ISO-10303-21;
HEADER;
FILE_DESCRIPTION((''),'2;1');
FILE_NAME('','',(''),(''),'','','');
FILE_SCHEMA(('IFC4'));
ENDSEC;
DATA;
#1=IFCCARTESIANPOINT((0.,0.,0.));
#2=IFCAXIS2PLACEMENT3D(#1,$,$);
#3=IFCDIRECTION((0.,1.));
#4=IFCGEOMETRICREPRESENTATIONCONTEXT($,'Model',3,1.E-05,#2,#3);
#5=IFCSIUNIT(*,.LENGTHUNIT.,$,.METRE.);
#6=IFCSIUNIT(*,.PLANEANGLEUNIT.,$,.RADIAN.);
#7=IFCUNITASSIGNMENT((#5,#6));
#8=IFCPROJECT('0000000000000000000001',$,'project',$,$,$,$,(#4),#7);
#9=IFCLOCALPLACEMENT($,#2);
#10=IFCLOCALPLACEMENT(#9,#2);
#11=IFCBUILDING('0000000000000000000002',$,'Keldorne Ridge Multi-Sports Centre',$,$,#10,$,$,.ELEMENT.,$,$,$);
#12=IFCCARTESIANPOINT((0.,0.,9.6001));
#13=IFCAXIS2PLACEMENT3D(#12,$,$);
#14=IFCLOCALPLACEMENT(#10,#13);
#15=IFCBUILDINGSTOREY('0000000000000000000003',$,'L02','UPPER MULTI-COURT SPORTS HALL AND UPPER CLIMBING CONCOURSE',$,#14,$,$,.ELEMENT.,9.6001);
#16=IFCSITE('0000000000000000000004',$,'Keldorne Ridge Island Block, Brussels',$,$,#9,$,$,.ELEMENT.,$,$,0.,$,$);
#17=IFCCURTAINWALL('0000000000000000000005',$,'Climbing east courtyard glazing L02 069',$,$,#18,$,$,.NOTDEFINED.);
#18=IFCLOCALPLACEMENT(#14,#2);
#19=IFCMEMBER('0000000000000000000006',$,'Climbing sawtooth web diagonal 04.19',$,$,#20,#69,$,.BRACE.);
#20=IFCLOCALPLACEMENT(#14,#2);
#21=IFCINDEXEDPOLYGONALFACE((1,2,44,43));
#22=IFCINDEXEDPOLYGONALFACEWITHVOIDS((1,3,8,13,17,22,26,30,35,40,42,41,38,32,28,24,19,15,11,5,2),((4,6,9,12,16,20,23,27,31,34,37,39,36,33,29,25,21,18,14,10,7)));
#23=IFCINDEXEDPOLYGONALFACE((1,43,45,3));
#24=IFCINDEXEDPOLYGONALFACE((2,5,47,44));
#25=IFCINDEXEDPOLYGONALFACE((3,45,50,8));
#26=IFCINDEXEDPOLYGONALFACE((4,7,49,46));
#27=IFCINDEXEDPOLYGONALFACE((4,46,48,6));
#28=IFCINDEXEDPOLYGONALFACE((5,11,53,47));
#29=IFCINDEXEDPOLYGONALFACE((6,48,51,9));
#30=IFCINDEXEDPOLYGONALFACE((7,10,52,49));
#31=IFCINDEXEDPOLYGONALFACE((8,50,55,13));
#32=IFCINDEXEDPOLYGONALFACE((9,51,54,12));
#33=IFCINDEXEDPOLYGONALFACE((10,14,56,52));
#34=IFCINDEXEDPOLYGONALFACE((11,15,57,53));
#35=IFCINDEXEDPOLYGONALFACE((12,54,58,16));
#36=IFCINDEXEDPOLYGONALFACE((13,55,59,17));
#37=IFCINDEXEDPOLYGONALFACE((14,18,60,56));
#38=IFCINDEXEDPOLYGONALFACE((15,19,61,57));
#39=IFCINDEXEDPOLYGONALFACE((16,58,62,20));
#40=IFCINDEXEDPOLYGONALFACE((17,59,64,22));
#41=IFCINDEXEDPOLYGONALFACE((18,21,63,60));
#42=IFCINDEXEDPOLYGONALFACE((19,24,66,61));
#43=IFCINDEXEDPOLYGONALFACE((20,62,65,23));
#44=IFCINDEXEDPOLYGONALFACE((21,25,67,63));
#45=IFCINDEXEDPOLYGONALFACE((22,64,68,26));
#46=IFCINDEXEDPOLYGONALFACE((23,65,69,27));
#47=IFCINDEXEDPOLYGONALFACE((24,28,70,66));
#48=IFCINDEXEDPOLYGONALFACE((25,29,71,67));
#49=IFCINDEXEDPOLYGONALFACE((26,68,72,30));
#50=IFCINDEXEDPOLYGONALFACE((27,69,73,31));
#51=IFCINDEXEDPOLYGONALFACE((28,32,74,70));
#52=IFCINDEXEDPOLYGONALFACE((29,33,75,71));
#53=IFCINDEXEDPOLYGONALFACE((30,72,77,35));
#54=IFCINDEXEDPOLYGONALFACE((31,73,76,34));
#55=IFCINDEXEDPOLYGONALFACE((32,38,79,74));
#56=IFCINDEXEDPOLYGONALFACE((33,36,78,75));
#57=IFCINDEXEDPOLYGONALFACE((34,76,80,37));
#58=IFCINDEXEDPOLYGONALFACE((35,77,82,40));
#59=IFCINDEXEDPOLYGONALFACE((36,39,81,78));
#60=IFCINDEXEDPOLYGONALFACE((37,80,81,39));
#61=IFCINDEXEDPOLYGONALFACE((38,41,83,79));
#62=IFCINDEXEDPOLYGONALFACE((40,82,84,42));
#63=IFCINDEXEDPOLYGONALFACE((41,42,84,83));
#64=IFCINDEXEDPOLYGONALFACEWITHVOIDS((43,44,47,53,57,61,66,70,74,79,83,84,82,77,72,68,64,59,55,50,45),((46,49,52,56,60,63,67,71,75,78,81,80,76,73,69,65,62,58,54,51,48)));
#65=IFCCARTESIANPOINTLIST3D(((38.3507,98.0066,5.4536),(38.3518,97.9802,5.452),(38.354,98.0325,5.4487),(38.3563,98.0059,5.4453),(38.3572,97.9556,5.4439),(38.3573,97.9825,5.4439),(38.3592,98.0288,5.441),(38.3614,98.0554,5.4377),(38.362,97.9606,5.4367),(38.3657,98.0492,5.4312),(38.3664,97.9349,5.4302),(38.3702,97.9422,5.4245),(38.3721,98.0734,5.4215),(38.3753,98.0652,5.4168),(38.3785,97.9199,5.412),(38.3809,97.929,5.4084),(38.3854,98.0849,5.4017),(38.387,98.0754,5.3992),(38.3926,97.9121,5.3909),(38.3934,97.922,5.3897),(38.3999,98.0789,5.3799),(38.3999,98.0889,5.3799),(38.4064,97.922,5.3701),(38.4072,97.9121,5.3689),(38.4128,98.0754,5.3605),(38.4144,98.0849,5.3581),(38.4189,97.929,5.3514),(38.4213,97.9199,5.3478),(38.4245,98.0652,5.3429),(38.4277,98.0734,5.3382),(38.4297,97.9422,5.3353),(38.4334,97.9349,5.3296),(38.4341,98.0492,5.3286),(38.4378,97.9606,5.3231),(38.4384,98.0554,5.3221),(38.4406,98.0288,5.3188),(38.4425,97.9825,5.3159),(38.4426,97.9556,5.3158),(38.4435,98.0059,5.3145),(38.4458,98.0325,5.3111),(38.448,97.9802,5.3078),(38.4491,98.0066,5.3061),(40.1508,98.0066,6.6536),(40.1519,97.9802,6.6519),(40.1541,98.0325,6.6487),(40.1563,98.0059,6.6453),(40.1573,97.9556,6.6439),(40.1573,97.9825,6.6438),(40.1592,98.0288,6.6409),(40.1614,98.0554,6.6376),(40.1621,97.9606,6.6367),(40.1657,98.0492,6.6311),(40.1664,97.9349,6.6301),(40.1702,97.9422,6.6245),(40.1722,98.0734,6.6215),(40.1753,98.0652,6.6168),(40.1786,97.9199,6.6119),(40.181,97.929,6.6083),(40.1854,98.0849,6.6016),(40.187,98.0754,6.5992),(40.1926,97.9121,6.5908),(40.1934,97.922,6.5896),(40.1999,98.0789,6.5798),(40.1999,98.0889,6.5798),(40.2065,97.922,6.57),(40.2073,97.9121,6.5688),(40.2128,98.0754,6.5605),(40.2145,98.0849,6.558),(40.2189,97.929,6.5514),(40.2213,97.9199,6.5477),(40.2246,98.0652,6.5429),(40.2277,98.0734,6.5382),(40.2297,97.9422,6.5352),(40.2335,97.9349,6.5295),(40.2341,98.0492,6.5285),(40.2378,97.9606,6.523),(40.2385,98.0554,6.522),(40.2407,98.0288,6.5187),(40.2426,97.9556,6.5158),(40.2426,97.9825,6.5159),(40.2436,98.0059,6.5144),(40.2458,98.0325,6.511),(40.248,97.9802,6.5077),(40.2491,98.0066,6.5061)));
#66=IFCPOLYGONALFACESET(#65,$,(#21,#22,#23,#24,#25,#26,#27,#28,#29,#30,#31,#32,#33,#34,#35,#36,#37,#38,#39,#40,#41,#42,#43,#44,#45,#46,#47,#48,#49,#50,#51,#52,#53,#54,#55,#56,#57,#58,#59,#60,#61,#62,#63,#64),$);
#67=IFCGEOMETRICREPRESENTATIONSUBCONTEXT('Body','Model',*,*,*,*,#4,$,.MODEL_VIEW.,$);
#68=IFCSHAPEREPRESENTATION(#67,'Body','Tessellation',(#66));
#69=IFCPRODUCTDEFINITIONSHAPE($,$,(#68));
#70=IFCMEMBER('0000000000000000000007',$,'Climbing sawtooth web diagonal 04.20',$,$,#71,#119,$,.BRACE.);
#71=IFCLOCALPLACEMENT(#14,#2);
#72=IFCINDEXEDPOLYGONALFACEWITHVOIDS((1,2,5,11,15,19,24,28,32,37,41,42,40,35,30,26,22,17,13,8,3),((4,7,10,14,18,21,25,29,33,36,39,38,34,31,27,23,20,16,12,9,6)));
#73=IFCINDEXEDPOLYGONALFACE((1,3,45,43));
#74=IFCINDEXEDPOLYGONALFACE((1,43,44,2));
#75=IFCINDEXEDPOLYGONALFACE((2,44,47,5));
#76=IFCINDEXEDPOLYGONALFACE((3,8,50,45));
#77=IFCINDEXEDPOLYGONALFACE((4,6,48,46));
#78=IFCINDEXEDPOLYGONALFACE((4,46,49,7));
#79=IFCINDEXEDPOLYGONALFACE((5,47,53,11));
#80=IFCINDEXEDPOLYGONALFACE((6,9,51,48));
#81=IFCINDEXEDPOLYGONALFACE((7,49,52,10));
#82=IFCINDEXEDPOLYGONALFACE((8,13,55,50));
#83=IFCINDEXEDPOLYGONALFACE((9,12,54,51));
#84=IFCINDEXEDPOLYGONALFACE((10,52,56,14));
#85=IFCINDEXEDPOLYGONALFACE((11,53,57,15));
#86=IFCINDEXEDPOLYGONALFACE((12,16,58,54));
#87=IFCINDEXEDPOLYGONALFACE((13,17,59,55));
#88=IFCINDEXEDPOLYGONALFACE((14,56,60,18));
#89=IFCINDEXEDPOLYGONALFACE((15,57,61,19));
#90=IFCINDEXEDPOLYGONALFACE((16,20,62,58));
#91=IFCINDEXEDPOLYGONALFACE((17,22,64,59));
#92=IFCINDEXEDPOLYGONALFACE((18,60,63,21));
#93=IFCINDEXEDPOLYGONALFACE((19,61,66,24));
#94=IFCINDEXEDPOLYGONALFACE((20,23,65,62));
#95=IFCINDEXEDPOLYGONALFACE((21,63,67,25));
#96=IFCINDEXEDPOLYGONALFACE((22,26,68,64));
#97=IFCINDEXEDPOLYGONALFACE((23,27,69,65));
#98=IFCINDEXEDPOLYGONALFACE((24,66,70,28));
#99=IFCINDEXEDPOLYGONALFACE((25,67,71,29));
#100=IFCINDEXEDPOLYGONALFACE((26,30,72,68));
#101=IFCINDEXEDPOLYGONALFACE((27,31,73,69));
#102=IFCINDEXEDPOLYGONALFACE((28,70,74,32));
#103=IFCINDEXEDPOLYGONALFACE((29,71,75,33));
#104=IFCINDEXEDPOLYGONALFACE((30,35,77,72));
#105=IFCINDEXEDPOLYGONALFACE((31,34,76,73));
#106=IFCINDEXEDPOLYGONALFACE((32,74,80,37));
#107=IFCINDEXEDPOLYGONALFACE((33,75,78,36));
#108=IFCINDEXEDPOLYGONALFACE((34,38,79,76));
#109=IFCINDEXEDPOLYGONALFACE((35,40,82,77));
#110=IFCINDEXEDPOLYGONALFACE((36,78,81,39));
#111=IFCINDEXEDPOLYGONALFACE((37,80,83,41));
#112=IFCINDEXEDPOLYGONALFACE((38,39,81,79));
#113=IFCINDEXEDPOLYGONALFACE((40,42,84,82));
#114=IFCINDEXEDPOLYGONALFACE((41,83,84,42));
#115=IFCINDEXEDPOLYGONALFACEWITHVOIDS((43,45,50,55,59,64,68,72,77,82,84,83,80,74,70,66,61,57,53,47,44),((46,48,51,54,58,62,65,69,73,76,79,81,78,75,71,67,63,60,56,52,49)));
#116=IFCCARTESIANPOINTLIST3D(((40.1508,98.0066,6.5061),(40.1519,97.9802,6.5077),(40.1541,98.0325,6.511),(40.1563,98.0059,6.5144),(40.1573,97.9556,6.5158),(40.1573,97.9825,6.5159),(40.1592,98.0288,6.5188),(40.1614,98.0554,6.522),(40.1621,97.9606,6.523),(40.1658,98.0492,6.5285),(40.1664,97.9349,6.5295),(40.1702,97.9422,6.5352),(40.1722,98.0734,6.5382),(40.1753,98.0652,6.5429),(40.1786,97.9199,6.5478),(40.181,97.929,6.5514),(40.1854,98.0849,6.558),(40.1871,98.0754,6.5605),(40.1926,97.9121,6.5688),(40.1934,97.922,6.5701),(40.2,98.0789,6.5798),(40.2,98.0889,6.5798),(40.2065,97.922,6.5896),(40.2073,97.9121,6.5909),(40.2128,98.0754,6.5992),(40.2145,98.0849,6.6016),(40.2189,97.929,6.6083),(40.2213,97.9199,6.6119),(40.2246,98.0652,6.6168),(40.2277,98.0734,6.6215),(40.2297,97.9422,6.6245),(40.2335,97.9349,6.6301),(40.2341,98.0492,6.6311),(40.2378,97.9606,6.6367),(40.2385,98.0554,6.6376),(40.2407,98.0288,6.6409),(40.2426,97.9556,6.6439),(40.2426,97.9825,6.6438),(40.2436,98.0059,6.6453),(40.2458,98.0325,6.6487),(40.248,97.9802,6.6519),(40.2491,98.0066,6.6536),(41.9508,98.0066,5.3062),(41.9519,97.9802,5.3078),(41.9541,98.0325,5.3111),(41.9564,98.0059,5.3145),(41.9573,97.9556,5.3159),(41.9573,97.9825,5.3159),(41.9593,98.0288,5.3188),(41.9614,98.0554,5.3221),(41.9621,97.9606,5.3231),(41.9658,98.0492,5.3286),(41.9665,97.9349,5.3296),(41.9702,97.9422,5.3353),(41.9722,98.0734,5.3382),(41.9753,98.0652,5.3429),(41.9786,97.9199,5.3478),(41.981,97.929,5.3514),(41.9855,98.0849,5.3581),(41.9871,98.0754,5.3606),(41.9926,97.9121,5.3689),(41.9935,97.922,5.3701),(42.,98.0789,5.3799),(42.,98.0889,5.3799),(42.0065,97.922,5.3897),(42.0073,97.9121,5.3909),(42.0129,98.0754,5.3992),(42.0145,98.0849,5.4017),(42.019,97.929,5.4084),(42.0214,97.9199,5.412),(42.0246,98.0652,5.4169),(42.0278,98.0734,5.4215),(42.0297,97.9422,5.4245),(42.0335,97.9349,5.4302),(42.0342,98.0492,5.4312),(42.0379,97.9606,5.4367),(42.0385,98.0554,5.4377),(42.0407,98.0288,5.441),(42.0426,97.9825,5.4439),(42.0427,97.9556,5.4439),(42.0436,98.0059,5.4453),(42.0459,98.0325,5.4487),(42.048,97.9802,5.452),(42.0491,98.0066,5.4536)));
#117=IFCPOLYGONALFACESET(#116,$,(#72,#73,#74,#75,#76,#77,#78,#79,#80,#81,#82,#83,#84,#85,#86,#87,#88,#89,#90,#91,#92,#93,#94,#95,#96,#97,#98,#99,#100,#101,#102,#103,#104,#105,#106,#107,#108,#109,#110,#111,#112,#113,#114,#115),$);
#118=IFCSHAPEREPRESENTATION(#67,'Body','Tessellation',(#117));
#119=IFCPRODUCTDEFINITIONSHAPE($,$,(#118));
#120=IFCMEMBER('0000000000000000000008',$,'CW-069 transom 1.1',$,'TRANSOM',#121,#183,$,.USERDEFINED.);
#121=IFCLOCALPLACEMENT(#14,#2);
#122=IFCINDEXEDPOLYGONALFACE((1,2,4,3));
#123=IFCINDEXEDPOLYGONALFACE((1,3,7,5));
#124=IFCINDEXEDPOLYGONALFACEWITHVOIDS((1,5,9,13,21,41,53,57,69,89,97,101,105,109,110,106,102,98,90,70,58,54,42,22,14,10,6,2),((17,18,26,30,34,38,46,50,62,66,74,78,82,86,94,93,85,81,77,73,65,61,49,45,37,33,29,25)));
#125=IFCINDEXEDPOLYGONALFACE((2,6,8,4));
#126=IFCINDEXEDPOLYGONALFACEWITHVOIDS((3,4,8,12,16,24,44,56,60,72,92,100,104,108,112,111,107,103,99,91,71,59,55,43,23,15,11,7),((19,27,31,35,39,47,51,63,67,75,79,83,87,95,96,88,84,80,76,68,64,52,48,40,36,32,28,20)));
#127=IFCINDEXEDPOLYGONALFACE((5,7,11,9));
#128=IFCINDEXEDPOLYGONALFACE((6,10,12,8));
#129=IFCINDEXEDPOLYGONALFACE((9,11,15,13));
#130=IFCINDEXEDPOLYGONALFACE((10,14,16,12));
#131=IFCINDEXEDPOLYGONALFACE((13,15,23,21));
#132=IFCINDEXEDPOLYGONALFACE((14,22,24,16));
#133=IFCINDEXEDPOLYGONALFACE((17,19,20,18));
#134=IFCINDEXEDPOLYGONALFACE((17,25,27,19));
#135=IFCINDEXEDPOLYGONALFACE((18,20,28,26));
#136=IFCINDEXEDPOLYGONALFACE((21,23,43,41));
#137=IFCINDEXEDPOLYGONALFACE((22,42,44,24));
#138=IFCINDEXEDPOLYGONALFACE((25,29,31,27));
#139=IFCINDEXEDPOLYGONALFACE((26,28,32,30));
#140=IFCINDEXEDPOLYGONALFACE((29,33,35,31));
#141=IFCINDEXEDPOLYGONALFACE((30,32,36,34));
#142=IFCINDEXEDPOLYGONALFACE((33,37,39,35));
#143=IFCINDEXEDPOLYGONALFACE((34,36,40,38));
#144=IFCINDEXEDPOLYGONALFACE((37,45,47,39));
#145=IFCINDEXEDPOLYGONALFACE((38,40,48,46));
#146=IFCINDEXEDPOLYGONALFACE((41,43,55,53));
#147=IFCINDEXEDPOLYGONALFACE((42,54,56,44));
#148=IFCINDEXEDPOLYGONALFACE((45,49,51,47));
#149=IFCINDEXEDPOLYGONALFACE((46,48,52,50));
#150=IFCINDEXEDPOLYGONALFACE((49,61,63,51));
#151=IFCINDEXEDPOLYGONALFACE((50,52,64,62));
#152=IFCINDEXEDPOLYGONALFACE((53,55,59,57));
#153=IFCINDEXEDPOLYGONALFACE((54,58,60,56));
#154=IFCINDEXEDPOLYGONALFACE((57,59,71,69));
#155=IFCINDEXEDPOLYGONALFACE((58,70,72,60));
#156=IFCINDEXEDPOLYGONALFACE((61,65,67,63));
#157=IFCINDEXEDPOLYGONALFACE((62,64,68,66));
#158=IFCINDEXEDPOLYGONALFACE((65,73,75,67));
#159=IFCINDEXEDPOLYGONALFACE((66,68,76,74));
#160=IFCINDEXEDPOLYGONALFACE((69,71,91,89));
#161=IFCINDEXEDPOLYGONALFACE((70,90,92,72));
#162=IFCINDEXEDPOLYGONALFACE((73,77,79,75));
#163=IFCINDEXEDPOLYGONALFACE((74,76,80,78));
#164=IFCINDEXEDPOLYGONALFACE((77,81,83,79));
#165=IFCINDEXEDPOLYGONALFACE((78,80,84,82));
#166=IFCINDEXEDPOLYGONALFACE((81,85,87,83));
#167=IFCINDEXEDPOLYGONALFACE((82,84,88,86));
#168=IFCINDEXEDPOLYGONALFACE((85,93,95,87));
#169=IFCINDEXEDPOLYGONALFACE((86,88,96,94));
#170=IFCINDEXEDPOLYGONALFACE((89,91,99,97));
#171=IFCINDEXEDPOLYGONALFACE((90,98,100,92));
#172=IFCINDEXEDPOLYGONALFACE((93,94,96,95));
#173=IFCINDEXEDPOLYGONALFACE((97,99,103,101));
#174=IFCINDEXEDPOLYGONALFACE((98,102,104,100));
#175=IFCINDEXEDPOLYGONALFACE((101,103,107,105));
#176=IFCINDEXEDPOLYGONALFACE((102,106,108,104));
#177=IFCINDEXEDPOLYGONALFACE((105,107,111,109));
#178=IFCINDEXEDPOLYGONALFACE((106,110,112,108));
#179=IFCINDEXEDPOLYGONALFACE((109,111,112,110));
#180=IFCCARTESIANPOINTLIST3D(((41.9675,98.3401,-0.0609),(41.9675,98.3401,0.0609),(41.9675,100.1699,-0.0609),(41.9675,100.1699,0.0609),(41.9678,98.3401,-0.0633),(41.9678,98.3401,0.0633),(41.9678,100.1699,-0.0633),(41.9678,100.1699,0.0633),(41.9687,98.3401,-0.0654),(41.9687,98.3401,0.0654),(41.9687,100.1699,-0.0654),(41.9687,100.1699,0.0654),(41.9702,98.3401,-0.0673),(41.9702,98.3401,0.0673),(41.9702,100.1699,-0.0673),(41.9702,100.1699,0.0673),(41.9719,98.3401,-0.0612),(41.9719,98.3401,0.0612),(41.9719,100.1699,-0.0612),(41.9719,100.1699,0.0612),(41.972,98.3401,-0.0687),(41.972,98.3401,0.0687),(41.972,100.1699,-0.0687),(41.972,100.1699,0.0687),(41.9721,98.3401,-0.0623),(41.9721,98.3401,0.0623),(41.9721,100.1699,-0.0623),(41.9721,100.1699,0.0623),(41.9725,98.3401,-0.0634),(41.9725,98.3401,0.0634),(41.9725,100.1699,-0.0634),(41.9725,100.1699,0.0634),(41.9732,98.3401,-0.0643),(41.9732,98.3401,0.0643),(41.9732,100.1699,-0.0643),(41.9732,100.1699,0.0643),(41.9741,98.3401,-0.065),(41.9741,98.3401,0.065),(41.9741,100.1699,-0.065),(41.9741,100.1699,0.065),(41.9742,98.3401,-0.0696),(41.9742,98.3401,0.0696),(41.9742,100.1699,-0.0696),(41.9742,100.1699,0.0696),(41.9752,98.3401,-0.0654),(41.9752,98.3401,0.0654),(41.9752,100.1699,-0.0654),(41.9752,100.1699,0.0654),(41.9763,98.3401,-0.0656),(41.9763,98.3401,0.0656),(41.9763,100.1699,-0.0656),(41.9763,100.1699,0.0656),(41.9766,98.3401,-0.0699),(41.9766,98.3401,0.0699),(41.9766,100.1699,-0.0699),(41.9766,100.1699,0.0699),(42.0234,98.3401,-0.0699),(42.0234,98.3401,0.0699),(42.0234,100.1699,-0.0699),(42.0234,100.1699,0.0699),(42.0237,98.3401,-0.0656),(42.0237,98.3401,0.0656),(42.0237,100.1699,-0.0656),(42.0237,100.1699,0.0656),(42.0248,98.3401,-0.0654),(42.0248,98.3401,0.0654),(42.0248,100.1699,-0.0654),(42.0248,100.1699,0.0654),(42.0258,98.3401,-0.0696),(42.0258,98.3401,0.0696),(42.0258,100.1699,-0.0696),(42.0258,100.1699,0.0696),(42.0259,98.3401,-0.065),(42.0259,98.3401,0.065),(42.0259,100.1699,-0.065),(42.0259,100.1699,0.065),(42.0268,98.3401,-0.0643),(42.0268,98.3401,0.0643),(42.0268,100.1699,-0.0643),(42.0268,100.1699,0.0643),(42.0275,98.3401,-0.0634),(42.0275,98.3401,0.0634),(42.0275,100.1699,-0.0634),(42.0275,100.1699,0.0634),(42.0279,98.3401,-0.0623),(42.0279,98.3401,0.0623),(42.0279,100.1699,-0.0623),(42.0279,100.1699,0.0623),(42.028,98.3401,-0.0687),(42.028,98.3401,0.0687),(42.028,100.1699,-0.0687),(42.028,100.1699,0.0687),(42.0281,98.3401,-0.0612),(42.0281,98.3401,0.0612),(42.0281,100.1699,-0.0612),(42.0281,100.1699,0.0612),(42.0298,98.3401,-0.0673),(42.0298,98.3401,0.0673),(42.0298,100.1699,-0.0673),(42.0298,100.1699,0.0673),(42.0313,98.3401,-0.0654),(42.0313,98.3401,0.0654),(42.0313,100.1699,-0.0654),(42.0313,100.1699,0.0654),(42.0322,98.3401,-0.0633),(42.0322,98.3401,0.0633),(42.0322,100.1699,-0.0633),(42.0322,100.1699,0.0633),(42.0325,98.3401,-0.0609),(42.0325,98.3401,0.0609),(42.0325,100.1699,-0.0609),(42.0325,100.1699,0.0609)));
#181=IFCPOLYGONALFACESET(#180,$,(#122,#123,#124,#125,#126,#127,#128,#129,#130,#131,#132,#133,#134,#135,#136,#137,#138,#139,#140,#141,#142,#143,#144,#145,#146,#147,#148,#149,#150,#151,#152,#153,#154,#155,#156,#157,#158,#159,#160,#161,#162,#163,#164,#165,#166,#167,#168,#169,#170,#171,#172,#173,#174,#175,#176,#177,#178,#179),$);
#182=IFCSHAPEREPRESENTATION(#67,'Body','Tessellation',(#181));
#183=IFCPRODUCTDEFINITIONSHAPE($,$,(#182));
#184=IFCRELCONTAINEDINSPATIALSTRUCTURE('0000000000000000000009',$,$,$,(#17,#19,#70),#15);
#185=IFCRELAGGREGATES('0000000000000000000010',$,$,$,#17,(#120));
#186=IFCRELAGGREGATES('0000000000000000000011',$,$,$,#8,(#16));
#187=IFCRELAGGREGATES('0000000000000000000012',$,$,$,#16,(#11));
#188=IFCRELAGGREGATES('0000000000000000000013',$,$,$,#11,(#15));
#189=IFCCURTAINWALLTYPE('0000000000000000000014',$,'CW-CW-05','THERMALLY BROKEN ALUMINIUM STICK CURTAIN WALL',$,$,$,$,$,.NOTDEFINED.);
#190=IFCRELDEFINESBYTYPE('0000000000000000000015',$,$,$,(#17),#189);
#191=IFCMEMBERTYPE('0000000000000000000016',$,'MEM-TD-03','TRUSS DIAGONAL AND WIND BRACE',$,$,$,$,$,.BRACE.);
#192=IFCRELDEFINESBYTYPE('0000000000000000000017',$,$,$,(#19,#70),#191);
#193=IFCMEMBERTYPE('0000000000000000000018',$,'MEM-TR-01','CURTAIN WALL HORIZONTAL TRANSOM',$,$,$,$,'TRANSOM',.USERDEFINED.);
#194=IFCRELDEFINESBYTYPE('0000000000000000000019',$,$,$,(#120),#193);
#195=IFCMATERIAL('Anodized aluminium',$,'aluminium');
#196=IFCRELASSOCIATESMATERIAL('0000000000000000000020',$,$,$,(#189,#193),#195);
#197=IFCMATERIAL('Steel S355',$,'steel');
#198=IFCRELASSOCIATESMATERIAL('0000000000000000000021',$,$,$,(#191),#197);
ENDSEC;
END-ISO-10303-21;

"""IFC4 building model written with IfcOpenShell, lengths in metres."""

from ifc_helpers import new_model, si_unit, direction, frame, origin, origin_2d, place, context, subcontext, project, spatial, hollow_rectangle, hollow_circle, extrude, material, material_profile, profile_set, type_object, element, aggregate, save


model = new_model("IFC4")

# Units and contexts
model_context = context("Model", 3, precision=1e-05, world=origin(), true_north=direction((0.0, 1.0)))
body_context = subcontext(model_context, "Body", "Model", "MODEL_VIEW")
ifc_project = project(units=[si_unit("LENGTHUNIT", "METRE"), si_unit("PLANEANGLEUNIT", "RADIAN")], contexts=[model_context])

# Site, building, storey
site_placement = place(None, origin())
site = spatial("IfcSite", under=ifc_project, at=site_placement, Name="Keldorne Ridge Island Block, Brussels", CompositionType="ELEMENT", RefElevation=0.0)
building_placement = place(site_placement, origin())
building = spatial("IfcBuilding", under=site, at=building_placement, Name="Keldorne Ridge Multi-Sports Centre", CompositionType="ELEMENT")
storey_placement = place(building_placement, frame((0.0, 0.0, 9.6001)))
storey = spatial("IfcBuildingStorey", under=building, at=storey_placement, Name="L02", Description="UPPER MULTI-COURT SPORTS HALL AND UPPER CLIMBING CONCOURSE", CompositionType="ELEMENT", Elevation=9.6001)

# Shared definitions
ifc_material_1 = material(Name="Steel S355", Category="steel")

# Curtain wall
ifc_material_2 = material(Name="Anodized aluminium", Category="aluminium")
curtain_wall_type = type_object("IfcCurtainWallType", Name="CW-CW-05", Description="THERMALLY BROKEN ALUMINIUM STICK CURTAIN WALL", PredefinedType="NOTDEFINED", material=ifc_material_2)
curtain_wall_placement = place(storey_placement, origin())
curtain_wall = element("IfcCurtainWall", 1, at=curtain_wall_placement, inside=storey, type_object=curtain_wall_type, Name="Climbing east courtyard glazing L02 069", PredefinedType="NOTDEFINED")

# Members
ifc_material_profile_1 = material_profile(ifc_material_1, hollow_circle(Radius=0.0889, WallThickness=0.01, at=origin_2d()), Name="CHS 177.8x10")
ifc_profile_set_1 = profile_set([ifc_material_profile_1], Name="Steel S355")
member_type_1 = type_object("IfcMemberType", Name="MEM-TD-03", Description="TRUSS DIAGONAL AND WIND BRACE", PredefinedType="BRACE", material=ifc_profile_set_1)
for number, where, z_axis, x_axis, name in (
    (2, (38.3999, 98.0, 5.3799), (0.832068, 0.0, 0.554674), (0.0, 1.0, 0.0), "Climbing sawtooth web diagonal 04.19"),
    (3, (40.2, 98.0, 6.5798), (0.832068, 0.0, -0.554674), (0.0, 1.0, 0.0), "Climbing sawtooth web diagonal 04.20"),
):
    element("IfcMember", number, at=place(storey_placement, frame(where, z_axis=z_axis, x_axis=x_axis)), inside=storey, type_object=member_type_1, Name=name, PredefinedType="BRACE", context=body_context, shape_type="SweptSolid", body=[
        extrude(hollow_circle(Radius=0.0889, WallThickness=0.01, at=origin_2d()), origin(), (0.0, 0.0, 1.0), 2.1633),
    ])

# Member
ifc_material_profile_2 = material_profile(ifc_material_2, hollow_rectangle(XDim=0.0649, YDim=0.1399, WallThickness=0.0044, InnerFilletRadius=0.0044, OuterFilletRadius=0.009, at=origin_2d()), Name="ALU TRANSOM 140x65x4.5")
ifc_profile_set_2 = profile_set([ifc_material_profile_2], Name="Anodized aluminium")
member_type_2 = type_object("IfcMemberType", Name="MEM-TR-01", Description="CURTAIN WALL HORIZONTAL TRANSOM", ElementType="TRANSOM", PredefinedType="USERDEFINED", material=ifc_profile_set_2)
member_1_placement = place(storey_placement, frame((42.0, 98.3401, 0.0), z_axis=(0.0, 1.0, 0.0), x_axis=(-1.0, 0.0, 0.0)))
member_1 = element("IfcMember", 4, at=member_1_placement, type_object=member_type_2, Name="CW-069 transom 1.1", ObjectType="TRANSOM", PredefinedType="USERDEFINED", context=body_context, shape_type="SweptSolid", body=[
    extrude(hollow_rectangle(XDim=0.0649, YDim=0.1399, WallThickness=0.0044, InnerFilletRadius=0.0044, OuterFilletRadius=0.009, at=origin_2d()), origin(), (0.0, 0.0, 1.0), 1.8298),
])
aggregate(curtain_wall, [member_1])

save(model, "model.ifc")
